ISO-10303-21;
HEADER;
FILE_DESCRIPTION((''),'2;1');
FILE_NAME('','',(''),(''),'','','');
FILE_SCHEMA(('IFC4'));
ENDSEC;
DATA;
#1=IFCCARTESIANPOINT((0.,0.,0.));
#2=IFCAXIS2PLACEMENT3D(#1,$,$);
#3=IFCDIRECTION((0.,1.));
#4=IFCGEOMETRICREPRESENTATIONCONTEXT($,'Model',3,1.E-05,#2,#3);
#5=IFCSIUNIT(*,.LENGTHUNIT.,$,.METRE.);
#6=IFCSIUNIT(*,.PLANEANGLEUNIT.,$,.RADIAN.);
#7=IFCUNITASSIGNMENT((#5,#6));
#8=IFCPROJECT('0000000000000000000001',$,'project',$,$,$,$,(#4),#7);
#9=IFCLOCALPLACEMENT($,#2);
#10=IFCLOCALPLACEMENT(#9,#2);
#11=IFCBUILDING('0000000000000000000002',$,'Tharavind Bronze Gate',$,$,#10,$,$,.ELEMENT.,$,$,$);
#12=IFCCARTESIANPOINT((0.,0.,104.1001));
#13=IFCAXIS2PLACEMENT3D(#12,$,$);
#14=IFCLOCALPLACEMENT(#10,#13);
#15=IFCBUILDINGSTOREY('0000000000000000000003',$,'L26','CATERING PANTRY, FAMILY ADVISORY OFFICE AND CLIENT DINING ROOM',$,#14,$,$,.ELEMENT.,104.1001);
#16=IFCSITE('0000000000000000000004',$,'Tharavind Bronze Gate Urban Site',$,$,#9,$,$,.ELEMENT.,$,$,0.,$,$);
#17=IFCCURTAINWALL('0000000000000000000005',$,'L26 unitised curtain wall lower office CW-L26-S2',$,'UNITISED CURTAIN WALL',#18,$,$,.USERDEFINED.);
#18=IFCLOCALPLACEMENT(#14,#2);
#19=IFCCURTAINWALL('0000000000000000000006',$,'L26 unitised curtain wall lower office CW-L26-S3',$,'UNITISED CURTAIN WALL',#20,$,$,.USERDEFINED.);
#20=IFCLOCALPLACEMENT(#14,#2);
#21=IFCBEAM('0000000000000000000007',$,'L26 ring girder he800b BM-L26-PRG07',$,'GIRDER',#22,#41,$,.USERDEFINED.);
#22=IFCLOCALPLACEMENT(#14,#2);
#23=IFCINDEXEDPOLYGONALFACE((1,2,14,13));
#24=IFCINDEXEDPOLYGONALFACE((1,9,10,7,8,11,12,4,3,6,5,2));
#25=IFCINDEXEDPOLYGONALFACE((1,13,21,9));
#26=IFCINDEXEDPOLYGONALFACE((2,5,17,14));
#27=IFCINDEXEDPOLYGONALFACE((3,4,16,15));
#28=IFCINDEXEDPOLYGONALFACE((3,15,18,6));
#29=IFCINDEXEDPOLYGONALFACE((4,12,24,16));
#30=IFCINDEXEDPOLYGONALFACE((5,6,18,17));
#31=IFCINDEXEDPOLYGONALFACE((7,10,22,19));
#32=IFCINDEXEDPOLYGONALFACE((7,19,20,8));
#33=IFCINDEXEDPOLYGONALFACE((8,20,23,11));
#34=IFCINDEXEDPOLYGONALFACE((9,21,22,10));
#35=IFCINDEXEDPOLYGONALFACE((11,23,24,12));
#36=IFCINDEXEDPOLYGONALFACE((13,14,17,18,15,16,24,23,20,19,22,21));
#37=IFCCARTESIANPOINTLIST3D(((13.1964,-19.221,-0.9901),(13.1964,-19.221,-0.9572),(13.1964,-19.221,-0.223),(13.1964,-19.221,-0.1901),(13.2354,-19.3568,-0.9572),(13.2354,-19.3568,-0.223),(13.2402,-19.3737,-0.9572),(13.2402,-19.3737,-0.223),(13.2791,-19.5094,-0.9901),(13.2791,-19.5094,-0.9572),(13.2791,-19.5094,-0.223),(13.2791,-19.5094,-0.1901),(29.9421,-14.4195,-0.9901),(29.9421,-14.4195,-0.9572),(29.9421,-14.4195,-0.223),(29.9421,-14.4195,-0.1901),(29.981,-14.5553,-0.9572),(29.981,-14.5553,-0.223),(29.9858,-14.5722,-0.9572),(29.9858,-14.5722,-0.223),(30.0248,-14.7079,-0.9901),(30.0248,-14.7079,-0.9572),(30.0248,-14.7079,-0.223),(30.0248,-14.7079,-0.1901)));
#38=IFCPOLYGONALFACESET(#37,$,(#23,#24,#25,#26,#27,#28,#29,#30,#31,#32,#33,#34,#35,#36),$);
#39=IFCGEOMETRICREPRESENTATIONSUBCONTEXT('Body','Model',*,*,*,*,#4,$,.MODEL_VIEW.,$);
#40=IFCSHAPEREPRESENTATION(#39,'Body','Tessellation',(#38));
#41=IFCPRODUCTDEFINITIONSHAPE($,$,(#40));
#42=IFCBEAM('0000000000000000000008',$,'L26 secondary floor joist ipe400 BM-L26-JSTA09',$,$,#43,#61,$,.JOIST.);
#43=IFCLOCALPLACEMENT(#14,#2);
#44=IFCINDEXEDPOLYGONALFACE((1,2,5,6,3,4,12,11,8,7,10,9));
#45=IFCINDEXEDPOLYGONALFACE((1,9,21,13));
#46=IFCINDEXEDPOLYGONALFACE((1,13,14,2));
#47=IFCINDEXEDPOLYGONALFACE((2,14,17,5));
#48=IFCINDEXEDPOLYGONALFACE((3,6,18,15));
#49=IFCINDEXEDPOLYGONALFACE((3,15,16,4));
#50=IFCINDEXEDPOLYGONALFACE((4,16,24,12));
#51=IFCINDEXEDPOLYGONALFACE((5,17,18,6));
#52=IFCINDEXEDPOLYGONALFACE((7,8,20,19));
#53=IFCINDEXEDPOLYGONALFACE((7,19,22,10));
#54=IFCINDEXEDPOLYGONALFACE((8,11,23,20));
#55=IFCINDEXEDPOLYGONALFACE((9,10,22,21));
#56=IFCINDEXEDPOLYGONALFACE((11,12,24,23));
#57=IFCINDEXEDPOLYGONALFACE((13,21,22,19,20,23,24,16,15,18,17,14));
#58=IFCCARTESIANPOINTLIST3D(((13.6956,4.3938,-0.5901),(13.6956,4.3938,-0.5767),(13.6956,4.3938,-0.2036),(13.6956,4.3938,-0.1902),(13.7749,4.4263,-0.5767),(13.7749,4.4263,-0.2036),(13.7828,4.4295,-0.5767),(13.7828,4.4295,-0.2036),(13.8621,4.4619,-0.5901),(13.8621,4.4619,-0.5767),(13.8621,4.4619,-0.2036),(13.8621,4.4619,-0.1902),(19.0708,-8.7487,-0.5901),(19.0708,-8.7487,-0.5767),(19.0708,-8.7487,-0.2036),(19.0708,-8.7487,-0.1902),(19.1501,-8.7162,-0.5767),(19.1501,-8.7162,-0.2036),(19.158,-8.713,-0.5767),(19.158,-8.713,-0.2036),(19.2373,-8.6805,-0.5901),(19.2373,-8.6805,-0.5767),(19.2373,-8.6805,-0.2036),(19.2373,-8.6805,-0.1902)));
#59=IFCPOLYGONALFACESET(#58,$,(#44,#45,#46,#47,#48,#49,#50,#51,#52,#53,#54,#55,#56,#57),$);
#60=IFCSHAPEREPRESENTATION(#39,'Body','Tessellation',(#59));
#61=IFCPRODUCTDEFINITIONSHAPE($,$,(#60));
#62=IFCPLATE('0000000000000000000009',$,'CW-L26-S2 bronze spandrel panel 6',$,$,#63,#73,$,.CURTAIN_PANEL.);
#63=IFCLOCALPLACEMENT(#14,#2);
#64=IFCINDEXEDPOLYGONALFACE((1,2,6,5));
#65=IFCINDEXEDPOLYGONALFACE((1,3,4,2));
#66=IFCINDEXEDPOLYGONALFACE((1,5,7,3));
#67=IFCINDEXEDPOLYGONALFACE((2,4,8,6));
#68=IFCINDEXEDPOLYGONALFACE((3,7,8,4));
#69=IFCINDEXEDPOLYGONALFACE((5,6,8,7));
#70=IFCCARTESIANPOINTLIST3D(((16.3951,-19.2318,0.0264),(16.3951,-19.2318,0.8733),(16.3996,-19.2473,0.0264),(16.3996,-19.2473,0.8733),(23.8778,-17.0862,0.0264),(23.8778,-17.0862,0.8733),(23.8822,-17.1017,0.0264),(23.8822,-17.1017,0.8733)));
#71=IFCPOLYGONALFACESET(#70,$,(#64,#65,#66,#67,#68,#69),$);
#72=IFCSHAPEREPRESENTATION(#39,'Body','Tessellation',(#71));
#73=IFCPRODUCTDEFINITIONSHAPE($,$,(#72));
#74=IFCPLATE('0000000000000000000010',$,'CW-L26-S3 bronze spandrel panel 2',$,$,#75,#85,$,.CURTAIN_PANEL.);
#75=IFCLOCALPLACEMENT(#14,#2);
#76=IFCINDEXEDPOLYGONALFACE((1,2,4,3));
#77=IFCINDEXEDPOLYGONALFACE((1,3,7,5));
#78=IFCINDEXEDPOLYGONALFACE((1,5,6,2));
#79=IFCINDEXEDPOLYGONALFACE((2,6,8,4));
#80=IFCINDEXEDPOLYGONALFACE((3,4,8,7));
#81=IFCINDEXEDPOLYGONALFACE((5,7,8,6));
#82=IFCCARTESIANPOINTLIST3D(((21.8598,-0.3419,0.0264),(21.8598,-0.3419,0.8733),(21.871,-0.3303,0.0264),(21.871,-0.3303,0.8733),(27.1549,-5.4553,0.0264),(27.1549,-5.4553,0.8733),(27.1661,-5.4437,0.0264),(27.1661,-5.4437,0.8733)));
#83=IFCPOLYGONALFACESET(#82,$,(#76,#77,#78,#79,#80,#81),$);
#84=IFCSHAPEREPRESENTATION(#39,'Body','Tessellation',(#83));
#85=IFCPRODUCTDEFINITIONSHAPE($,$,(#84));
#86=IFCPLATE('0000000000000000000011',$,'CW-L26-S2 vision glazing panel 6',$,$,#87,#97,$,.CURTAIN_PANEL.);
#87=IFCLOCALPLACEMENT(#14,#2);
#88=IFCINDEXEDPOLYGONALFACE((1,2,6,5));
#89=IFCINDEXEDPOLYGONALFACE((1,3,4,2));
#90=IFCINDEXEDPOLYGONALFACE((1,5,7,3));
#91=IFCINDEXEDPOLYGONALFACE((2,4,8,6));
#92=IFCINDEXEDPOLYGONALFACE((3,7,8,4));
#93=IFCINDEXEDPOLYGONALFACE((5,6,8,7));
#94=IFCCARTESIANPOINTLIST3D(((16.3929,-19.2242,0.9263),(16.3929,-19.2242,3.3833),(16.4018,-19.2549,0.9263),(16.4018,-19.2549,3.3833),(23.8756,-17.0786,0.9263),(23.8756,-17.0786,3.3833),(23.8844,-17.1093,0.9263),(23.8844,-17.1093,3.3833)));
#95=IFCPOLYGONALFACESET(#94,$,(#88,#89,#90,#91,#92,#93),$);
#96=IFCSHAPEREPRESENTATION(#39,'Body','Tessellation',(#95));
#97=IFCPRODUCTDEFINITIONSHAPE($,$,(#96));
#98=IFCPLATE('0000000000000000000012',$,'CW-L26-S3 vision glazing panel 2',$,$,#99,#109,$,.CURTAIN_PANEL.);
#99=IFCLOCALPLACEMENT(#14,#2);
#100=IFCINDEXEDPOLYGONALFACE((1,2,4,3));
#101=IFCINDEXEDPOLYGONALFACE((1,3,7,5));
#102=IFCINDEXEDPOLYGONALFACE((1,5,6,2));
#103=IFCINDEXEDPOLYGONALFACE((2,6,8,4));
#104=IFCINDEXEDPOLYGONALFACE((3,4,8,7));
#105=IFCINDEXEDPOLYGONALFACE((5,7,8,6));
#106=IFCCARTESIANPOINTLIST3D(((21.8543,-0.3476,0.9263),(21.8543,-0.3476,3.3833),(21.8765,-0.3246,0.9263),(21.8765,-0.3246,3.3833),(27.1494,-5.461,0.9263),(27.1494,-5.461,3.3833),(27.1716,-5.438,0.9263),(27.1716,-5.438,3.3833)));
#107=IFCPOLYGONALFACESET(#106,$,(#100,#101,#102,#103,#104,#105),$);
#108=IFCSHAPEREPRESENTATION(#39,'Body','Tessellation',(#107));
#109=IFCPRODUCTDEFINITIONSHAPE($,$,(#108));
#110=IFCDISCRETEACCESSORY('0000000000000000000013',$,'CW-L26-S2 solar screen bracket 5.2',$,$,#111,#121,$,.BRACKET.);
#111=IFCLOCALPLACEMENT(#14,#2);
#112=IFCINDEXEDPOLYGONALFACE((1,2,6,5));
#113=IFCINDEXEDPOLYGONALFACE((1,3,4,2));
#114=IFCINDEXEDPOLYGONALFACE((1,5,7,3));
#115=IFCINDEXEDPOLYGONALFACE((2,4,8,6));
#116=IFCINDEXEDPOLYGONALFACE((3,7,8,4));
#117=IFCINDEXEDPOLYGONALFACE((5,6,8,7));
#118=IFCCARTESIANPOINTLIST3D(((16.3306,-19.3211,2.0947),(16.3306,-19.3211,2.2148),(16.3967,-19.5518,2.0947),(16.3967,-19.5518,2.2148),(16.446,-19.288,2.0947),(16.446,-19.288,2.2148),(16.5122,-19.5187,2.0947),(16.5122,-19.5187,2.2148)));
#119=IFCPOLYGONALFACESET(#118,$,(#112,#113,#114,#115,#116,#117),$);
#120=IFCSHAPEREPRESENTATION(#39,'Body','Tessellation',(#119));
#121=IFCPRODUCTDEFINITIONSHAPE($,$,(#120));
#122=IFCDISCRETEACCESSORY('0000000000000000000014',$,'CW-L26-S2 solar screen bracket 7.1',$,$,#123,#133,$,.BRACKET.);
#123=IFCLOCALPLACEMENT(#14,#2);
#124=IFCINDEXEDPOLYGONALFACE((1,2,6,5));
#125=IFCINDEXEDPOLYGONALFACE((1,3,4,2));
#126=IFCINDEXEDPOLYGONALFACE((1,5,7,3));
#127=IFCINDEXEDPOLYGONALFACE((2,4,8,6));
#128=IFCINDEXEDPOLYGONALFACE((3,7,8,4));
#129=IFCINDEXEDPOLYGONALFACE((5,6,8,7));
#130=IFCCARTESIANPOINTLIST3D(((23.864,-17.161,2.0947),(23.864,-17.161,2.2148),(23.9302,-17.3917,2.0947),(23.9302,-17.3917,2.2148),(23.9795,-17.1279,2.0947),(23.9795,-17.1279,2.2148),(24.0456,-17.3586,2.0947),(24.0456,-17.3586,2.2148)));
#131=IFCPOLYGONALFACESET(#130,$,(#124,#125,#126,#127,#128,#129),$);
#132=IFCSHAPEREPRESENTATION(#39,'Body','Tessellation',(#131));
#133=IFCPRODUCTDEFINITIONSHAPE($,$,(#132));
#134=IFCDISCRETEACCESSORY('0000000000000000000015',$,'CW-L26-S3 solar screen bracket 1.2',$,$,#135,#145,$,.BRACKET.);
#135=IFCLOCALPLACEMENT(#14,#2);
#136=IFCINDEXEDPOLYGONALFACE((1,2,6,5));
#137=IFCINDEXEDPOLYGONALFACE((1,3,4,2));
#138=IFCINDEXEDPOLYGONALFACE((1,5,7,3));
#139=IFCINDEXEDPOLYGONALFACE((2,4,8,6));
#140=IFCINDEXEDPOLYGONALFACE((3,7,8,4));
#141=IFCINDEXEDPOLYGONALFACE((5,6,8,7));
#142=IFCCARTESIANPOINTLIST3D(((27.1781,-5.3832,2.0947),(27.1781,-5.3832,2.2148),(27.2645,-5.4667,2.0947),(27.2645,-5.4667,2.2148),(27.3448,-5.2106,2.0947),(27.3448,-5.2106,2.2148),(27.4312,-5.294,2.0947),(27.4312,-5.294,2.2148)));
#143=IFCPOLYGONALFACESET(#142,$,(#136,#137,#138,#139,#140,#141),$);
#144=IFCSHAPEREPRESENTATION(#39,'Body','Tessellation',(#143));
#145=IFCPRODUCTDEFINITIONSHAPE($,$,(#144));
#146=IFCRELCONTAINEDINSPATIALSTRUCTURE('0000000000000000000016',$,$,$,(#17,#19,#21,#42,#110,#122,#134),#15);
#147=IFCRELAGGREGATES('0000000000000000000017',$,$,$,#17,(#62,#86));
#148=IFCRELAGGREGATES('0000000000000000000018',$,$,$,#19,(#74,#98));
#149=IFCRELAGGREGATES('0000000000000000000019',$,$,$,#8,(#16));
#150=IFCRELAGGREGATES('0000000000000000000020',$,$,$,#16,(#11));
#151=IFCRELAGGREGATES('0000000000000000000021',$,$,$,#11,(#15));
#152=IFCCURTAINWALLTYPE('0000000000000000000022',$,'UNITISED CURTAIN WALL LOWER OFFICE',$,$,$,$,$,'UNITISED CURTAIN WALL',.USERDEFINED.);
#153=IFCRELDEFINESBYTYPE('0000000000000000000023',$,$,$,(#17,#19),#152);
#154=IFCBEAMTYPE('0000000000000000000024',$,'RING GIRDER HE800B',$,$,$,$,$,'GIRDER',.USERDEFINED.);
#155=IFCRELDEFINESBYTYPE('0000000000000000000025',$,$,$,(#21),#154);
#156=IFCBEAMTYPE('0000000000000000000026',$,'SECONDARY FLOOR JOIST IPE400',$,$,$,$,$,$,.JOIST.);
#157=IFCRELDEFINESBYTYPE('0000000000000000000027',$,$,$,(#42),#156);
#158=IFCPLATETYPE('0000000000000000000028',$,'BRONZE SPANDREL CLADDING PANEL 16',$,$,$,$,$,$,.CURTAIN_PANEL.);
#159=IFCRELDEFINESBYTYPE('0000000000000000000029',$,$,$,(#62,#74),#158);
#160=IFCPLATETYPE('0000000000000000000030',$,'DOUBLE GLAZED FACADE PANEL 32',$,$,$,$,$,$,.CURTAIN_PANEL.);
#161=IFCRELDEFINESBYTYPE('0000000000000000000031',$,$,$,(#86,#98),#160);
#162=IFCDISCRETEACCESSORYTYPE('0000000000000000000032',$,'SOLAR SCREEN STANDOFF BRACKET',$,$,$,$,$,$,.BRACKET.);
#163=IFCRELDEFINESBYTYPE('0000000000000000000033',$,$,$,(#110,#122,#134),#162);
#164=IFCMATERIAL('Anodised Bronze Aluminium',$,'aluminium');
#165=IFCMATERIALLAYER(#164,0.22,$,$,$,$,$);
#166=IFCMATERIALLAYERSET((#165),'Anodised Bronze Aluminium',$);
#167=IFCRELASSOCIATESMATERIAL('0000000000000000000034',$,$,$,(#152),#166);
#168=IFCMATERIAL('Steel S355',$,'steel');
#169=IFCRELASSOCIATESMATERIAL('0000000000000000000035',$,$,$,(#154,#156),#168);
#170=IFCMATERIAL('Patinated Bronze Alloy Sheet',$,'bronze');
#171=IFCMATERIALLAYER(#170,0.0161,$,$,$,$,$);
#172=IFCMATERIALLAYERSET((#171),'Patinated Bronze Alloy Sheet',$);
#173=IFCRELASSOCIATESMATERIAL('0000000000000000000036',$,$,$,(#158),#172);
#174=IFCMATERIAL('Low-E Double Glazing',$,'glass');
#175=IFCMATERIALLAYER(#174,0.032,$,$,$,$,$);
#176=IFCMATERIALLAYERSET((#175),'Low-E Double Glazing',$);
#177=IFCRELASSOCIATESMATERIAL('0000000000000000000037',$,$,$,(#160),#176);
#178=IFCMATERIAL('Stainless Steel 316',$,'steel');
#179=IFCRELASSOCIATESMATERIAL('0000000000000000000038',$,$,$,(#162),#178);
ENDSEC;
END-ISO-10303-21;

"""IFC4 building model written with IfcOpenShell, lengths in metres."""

from ifc_helpers import new_model, si_unit, direction, frame, origin, origin_2d, place, context, subcontext, project, spatial, rectangle, i_section, extrude, material, layer, layer_set, material_profile, profile_set, type_object, element, aggregate, save


model = new_model("IFC4")

# Units and contexts
model_context = context("Model", 3, precision=1e-05, world=origin(), true_north=direction((0.0, 1.0)))
body_context = subcontext(model_context, "Body", "Model", "MODEL_VIEW")
ifc_project = project(units=[si_unit("LENGTHUNIT", "METRE"), si_unit("PLANEANGLEUNIT", "RADIAN")], contexts=[model_context])

# Site, building, storey
site_placement = place(None, origin())
site = spatial("IfcSite", under=ifc_project, at=site_placement, Name="Tharavind Bronze Gate Urban Site", CompositionType="ELEMENT", RefElevation=0.0)
building_placement = place(site_placement, origin())
building = spatial("IfcBuilding", under=site, at=building_placement, Name="Tharavind Bronze Gate", CompositionType="ELEMENT")
storey_placement = place(building_placement, frame((0.0, 0.0, 104.1001)))
storey = spatial("IfcBuildingStorey", under=building, at=storey_placement, Name="L26", Description="CATERING PANTRY, FAMILY ADVISORY OFFICE AND CLIENT DINING ROOM", CompositionType="ELEMENT", Elevation=104.1001)

# Curtain wall
ifc_material_1 = material(Name="Anodised Bronze Aluminium", Category="aluminium")
ifc_layer_1 = layer(ifc_material_1, 0.22)
ifc_layer_set_1 = layer_set([ifc_layer_1], Name="Anodised Bronze Aluminium")
curtain_wall_type = type_object("IfcCurtainWallType", Name="UNITISED CURTAIN WALL LOWER OFFICE", ElementType="UNITISED CURTAIN WALL", PredefinedType="USERDEFINED", material=ifc_layer_set_1)
curtain_wall_1_placement = place(storey_placement, origin())
curtain_wall_1 = element("IfcCurtainWall", 1, at=curtain_wall_1_placement, inside=storey, type_object=curtain_wall_type, Name="L26 unitised curtain wall lower office CW-L26-S2", ObjectType="UNITISED CURTAIN WALL", PredefinedType="USERDEFINED")

# Curtain wall
curtain_wall_2_placement = place(storey_placement, origin())
curtain_wall_2 = element("IfcCurtainWall", 2, at=curtain_wall_2_placement, inside=storey, type_object=curtain_wall_type, Name="L26 unitised curtain wall lower office CW-L26-S3", ObjectType="UNITISED CURTAIN WALL", PredefinedType="USERDEFINED")

# Beams
ifc_material_2 = material(Name="Steel S355", Category="steel")
ifc_material_profile_1 = material_profile(ifc_material_2, i_section(OverallWidth=0.3, OverallDepth=0.8, WebThickness=0.0176, FlangeThickness=0.033, at=origin_2d()), Name="HE800B")
ifc_profile_set_1 = profile_set([ifc_material_profile_1], Name="Steel S355")
beam_type_1 = type_object("IfcBeamType", Name="RING GIRDER HE800B", ElementType="GIRDER", PredefinedType="USERDEFINED", material=ifc_profile_set_1)
beam_1_placement = place(storey_placement, frame((13.2378, -19.3652, -0.5901), z_axis=(0.961265, 0.275626, 0.0), x_axis=(-0.275626, 0.961265, 0.0)))
element("IfcBeam", 3, at=beam_1_placement, inside=storey, type_object=beam_type_1, Name="L26 ring girder he800b BM-L26-PRG07", ObjectType="GIRDER", PredefinedType="USERDEFINED", context=body_context, shape_type="SweptSolid", body=[
    extrude(i_section(OverallWidth=0.3, OverallDepth=0.8, WebThickness=0.0176, FlangeThickness=0.033, at=origin_2d()), origin(), (0.0, 0.0, 1.0), 17.4204),
])
ifc_material_profile_2 = material_profile(ifc_material_2, i_section(OverallWidth=0.1799, OverallDepth=0.3999, WebThickness=0.0085, FlangeThickness=0.0134, at=origin_2d()), Name="IPE400")
ifc_profile_set_2 = profile_set([ifc_material_profile_2], Name="Steel S355")
beam_type_2 = type_object("IfcBeamType", Name="SECONDARY FLOOR JOIST IPE400", PredefinedType="JOIST", material=ifc_profile_set_2)
beam_2_placement = place(storey_placement, frame((19.1541, -8.7146, -0.3901), z_axis=(-0.378557, 0.925578, 0.0), x_axis=(-0.925578, -0.378557, 0.0)))
element("IfcBeam", 4, at=beam_2_placement, inside=storey, type_object=beam_type_2, Name="L26 secondary floor joist ipe400 BM-L26-JSTA09", PredefinedType="JOIST", context=body_context, shape_type="SweptSolid", body=[
    extrude(i_section(OverallWidth=0.1799, OverallDepth=0.3999, WebThickness=0.0085, FlangeThickness=0.0134, at=origin_2d()), origin(), (0.0, 0.0, 1.0), 14.1992),
])

# Plates
ifc_material_3 = material(Name="Patinated Bronze Alloy Sheet", Category="bronze")
ifc_layer_2 = layer(ifc_material_3, 0.0161)
ifc_layer_set_2 = layer_set([ifc_layer_2], Name="Patinated Bronze Alloy Sheet")
plate_type_1 = type_object("IfcPlateType", Name="BRONZE SPANDREL CLADDING PANEL 16", PredefinedType="CURTAIN_PANEL", material=ifc_layer_set_2)
plate_1_placement = place(storey_placement, frame((20.1387, -18.1667, 0.0264), z_axis=(0.0, 0.0, 1.0), x_axis=(0.961262, 0.275637, 0.0)))
plate_1 = element("IfcPlate", 5, at=plate_1_placement, type_object=plate_type_1, Name="CW-L26-S2 bronze spandrel panel 6", PredefinedType="CURTAIN_PANEL", context=body_context, shape_type="SweptSolid", body=[
    extrude(rectangle(XDim=7.7842, YDim=0.0161, at=origin_2d()), origin(), (0.0, 0.0, 1.0), 0.8469),
])
plate_2_placement = place(storey_placement, frame((24.5129, -2.8928, 0.0264), z_axis=(0.0, 0.0, 1.0), x_axis=(-0.719341, 0.694657, 0.0)))
plate_2 = element("IfcPlate", 6, at=plate_2_placement, type_object=plate_type_1, Name="CW-L26-S3 bronze spandrel panel 2", PredefinedType="CURTAIN_PANEL", context=body_context, shape_type="SweptSolid", body=[
    extrude(rectangle(XDim=7.3611, YDim=0.0161, at=origin_2d()), origin(), (0.0, 0.0, 1.0), 0.8469),
])
ifc_material_4 = material(Name="Low-E Double Glazing", Category="glass")
ifc_layer_3 = layer(ifc_material_4, 0.032)
ifc_layer_set_3 = layer_set([ifc_layer_3], Name="Low-E Double Glazing")
plate_type_2 = type_object("IfcPlateType", Name="DOUBLE GLAZED FACADE PANEL 32", PredefinedType="CURTAIN_PANEL", material=ifc_layer_set_3)
plate_3_placement = place(storey_placement, frame((20.1387, -18.1667, 0.9263), z_axis=(0.0, 0.0, 1.0), x_axis=(0.961262, 0.275637, 0.0)))
plate_3 = element("IfcPlate", 7, at=plate_3_placement, type_object=plate_type_2, Name="CW-L26-S2 vision glazing panel 6", PredefinedType="CURTAIN_PANEL", context=body_context, shape_type="SweptSolid", body=[
    extrude(rectangle(XDim=7.7842, YDim=0.032, at=origin_2d()), origin(), (0.0, 0.0, 1.0), 2.457),
])
aggregate(curtain_wall_1, [plate_1, plate_3])
plate_4_placement = place(storey_placement, frame((24.5129, -2.8928, 0.9263), z_axis=(0.0, 0.0, 1.0), x_axis=(-0.719341, 0.694657, 0.0)))
plate_4 = element("IfcPlate", 8, at=plate_4_placement, type_object=plate_type_2, Name="CW-L26-S3 vision glazing panel 2", PredefinedType="CURTAIN_PANEL", context=body_context, shape_type="SweptSolid", body=[
    extrude(rectangle(XDim=7.3611, YDim=0.032, at=origin_2d()), origin(), (0.0, 0.0, 1.0), 2.457),
])
aggregate(curtain_wall_2, [plate_2, plate_4])

# Discrete accessories
ifc_material_5 = material(Name="Stainless Steel 316", Category="steel")
discrete_accessory_type = type_object("IfcDiscreteAccessoryType", Name="SOLAR SCREEN STANDOFF BRACKET", PredefinedType="BRACKET", material=ifc_material_5)
for number, where, z_axis, x_axis, name in (
    (9, (16.4214, -19.4199, 2.0947), (0.0, 0.0, 1.0), (0.961262, 0.275637, 0.0), "CW-L26-S2 solar screen bracket 5.2"),
    (10, (23.9548, -17.2598, 2.0947), (0.0, 0.0, 1.0), (0.961262, 0.275637, 0.0), "CW-L26-S2 solar screen bracket 7.1"),
    (11, (27.3047, -5.3386, 2.0947), (0.0, 0.0, 1.0), (-0.719341, 0.694657, 0.0), "CW-L26-S3 solar screen bracket 1.2"),
):
    element("IfcDiscreteAccessory", number, at=place(storey_placement, frame(where, z_axis=z_axis, x_axis=x_axis)), inside=storey, type_object=discrete_accessory_type, Name=name, PredefinedType="BRACKET", context=body_context, shape_type="SweptSolid", body=[
        extrude(rectangle(XDim=0.1201, YDim=0.24, at=origin_2d()), origin(), (0.0, 0.0, 1.0), 0.1201),
    ])

save(model, "model.ifc")
